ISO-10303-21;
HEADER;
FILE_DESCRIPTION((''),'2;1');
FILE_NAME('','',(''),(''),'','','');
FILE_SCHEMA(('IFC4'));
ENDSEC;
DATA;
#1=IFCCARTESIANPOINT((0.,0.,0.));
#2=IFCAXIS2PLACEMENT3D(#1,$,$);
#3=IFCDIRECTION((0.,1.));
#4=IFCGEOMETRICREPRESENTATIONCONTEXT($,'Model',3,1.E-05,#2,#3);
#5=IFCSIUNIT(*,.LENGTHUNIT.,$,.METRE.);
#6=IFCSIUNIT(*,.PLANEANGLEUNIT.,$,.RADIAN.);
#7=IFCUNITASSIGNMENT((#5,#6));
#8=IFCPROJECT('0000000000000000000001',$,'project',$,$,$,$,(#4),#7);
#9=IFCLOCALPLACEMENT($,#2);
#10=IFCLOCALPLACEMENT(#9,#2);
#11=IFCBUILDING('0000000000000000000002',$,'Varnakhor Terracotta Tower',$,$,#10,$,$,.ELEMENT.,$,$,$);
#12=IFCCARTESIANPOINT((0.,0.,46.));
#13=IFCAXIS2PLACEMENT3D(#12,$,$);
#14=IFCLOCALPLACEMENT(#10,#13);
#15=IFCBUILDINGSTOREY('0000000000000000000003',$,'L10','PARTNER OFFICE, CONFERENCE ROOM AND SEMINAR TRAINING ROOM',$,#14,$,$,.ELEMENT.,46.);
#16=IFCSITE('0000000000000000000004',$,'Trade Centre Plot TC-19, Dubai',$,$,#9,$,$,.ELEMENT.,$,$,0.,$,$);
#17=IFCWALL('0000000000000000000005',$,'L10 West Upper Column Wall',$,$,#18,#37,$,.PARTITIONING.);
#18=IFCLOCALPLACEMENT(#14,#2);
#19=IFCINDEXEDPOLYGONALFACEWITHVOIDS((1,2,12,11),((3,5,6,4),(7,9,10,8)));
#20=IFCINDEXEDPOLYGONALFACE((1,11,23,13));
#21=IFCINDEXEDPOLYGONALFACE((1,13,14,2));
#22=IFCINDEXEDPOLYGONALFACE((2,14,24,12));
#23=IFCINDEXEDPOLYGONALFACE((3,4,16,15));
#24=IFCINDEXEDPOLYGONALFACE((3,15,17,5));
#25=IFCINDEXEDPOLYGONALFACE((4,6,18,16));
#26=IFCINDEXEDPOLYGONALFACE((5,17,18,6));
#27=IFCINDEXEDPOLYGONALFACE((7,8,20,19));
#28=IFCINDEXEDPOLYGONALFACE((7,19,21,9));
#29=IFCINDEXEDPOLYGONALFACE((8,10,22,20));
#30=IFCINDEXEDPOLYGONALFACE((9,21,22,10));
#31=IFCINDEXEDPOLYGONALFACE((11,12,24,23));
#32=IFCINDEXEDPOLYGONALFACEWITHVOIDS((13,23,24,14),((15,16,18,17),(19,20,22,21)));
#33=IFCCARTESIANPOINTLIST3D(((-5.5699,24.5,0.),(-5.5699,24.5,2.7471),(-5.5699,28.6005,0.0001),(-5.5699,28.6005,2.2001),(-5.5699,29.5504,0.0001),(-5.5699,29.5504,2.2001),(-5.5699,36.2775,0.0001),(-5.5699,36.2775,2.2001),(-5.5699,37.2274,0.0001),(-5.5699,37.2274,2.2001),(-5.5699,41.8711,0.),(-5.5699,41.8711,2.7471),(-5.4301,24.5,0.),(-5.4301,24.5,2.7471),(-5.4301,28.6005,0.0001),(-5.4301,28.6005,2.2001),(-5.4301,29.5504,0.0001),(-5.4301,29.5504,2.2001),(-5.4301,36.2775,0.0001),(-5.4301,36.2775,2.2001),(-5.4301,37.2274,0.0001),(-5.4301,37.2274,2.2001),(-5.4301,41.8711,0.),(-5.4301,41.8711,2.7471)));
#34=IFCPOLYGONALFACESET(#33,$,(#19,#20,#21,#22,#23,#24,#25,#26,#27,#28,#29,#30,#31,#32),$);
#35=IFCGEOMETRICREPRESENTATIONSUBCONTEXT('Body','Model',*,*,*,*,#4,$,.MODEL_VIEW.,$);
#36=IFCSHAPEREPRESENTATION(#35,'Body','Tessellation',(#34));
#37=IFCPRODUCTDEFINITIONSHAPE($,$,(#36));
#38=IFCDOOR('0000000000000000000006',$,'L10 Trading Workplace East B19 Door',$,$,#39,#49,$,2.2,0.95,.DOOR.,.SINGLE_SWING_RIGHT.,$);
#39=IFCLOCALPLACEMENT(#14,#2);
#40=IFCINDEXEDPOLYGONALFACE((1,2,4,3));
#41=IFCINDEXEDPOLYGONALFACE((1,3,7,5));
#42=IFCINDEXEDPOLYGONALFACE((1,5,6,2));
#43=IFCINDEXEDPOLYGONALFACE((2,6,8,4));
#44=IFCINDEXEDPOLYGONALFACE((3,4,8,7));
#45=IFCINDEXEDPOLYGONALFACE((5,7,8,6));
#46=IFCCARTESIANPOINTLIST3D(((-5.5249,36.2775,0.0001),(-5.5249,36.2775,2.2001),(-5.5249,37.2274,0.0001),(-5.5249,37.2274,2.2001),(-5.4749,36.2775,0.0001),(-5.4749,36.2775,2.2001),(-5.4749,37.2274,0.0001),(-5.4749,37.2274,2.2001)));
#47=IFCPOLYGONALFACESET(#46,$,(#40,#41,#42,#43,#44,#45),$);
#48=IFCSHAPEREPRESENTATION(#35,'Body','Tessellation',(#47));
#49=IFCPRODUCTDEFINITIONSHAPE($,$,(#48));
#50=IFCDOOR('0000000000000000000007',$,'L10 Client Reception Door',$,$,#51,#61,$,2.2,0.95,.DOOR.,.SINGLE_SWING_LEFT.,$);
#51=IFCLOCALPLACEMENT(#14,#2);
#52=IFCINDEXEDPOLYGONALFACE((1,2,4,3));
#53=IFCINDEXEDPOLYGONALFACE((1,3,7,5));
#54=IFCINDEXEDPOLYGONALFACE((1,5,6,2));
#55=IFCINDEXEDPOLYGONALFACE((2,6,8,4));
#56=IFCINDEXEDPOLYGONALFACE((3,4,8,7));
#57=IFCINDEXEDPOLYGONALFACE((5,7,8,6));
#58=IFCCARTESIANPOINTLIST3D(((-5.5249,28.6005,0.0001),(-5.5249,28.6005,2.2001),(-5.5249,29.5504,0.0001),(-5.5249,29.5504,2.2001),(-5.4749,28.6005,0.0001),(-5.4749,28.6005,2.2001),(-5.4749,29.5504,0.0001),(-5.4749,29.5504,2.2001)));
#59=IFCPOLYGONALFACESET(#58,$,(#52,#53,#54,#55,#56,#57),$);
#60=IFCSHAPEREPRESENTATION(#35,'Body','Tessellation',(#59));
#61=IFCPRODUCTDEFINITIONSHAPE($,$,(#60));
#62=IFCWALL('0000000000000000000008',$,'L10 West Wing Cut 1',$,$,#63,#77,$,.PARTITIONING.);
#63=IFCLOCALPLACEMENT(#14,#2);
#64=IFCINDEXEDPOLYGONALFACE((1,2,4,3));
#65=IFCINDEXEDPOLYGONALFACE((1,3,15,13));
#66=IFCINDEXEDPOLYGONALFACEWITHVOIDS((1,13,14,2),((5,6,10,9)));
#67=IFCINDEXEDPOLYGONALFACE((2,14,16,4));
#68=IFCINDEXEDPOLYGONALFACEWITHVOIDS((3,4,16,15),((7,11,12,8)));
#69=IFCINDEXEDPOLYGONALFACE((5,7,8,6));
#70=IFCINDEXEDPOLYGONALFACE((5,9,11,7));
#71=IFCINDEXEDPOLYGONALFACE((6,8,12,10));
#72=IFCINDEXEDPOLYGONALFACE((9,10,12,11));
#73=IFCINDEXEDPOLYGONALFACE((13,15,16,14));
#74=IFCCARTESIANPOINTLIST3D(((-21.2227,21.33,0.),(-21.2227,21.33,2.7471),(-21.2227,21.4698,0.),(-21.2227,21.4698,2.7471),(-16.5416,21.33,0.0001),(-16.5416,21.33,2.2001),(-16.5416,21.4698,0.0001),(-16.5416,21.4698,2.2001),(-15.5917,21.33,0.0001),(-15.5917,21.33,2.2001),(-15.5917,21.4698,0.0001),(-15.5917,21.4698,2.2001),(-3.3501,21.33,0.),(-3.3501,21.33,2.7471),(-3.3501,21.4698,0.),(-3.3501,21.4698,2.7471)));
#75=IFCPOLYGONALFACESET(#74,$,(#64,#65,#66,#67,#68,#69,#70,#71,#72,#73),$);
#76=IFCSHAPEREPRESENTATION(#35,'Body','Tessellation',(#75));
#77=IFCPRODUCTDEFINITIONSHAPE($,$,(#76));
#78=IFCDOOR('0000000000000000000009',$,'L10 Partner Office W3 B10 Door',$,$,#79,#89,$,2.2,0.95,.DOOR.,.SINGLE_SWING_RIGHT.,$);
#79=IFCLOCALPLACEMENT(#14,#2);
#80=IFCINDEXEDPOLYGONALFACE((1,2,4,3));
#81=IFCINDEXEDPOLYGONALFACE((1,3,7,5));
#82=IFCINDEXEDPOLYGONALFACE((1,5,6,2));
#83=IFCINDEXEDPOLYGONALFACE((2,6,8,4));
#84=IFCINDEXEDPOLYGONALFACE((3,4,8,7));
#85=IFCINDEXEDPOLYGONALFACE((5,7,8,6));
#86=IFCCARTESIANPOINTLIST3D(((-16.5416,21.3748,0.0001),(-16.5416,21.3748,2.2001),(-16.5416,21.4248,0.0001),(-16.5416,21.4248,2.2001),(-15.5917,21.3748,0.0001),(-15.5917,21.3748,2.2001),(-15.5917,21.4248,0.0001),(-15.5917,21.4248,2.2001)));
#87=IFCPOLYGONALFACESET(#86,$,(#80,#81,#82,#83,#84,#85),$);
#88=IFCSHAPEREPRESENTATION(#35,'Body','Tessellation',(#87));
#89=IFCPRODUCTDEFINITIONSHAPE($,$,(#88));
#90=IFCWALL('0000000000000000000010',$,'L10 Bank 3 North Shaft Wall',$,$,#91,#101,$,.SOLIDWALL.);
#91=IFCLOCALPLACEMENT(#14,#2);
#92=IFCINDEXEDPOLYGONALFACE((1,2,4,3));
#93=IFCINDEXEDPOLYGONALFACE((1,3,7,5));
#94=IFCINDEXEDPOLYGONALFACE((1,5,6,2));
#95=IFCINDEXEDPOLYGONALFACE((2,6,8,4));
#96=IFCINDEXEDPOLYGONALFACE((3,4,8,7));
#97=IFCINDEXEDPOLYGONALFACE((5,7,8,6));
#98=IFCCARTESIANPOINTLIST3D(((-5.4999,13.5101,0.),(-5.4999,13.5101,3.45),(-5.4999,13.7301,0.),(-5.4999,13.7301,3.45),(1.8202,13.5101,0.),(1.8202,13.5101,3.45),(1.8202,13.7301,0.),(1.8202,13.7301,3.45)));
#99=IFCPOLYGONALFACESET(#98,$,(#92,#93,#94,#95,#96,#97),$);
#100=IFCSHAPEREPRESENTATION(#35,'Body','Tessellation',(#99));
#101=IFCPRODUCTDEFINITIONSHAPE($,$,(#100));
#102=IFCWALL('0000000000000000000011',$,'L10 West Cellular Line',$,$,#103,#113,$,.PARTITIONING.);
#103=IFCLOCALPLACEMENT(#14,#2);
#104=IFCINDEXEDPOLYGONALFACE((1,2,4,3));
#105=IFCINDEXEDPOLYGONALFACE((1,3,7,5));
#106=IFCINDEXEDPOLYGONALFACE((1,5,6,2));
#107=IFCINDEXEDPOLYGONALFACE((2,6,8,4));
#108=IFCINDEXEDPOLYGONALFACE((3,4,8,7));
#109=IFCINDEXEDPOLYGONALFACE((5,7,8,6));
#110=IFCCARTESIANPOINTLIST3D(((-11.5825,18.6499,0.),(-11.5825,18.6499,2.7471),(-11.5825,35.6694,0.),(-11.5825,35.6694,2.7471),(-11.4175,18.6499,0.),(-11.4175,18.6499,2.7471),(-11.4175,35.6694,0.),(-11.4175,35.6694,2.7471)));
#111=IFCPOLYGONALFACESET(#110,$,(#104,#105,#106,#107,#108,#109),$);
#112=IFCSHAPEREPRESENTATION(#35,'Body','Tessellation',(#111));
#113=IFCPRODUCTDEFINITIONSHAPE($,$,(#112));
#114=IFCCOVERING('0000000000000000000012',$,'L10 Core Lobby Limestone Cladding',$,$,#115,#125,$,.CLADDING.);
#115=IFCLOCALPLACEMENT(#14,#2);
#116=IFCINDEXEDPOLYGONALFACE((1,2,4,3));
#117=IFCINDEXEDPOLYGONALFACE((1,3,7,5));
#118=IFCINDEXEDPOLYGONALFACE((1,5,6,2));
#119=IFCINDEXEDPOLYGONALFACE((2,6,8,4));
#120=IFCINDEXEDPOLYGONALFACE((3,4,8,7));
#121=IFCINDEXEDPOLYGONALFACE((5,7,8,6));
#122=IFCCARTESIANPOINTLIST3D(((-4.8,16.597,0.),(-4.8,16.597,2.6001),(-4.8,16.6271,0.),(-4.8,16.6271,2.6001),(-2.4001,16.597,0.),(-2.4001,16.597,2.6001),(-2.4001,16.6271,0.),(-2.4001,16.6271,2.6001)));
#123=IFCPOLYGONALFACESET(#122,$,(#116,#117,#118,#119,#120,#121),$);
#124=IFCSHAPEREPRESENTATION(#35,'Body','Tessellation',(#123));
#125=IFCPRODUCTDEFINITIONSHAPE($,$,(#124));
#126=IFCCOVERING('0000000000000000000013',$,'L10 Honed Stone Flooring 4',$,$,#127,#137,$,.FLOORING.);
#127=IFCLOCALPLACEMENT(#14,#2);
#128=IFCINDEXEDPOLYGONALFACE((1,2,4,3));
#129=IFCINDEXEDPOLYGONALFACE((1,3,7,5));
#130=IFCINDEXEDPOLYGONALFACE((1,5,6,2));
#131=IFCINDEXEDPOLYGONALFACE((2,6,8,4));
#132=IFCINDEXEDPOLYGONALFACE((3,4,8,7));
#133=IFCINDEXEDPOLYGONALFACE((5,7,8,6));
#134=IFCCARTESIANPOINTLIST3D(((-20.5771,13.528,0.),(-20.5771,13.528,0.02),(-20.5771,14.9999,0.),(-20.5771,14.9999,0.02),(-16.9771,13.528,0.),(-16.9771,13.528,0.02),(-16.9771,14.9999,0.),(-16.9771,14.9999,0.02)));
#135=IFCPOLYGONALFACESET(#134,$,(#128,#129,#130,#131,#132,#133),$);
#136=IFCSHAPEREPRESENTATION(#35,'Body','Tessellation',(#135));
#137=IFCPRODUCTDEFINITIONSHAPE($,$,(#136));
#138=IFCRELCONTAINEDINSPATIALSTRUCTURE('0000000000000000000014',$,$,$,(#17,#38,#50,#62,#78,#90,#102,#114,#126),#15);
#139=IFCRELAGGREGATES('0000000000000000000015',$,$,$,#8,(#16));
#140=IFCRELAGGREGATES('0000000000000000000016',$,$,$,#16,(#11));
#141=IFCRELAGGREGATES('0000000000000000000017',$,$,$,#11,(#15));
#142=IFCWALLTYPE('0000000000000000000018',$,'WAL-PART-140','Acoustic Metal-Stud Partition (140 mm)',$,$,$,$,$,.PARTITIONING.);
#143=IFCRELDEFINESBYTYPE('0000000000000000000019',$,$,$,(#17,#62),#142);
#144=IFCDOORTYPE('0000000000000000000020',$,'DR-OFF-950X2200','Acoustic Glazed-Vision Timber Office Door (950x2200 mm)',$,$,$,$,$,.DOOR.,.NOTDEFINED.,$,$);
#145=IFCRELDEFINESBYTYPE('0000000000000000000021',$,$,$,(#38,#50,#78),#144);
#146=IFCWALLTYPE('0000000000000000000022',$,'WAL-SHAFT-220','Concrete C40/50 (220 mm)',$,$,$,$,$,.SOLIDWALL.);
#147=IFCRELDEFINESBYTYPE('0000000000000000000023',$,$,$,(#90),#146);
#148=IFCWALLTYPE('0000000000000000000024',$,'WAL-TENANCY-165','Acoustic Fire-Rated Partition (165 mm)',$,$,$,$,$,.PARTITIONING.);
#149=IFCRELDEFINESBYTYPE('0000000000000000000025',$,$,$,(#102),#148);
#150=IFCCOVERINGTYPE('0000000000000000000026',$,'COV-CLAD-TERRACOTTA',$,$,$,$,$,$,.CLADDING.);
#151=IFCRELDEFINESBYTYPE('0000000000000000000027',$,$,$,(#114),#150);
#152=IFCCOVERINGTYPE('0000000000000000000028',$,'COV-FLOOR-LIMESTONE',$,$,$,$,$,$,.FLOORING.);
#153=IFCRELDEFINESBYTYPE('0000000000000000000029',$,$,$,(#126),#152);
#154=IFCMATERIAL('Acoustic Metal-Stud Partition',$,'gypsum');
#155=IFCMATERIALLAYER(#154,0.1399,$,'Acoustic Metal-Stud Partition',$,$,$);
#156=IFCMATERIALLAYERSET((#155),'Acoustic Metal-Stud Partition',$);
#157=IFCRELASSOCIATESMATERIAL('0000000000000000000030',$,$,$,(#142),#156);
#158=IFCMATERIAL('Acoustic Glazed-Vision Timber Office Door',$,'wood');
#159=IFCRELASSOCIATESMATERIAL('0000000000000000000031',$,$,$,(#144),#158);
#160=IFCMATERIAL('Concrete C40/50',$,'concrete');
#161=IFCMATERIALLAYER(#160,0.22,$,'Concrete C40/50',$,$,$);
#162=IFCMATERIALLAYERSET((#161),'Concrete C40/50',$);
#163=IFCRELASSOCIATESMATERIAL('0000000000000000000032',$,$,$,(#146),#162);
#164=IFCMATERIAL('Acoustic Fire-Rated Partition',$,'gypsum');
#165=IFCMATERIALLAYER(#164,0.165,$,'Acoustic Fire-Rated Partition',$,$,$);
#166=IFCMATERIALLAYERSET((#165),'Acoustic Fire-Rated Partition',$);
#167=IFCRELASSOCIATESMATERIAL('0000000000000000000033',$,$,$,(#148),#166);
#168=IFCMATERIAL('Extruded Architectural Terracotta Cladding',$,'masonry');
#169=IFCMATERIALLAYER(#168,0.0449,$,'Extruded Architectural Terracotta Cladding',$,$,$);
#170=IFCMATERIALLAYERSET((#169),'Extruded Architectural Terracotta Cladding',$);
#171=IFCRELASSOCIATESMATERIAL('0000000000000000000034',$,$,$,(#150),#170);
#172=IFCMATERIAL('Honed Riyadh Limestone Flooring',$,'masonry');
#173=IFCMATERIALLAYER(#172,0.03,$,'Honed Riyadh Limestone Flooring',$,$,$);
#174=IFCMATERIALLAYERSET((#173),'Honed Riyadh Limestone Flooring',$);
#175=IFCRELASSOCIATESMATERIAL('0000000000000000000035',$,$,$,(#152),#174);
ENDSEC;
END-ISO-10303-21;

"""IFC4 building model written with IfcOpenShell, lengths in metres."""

from ifc_helpers import new_model, si_unit, direction, frame, frame_2d, origin, origin_2d, place, context, subcontext, project, spatial, rectangle, extrude, source, transform, mapped, material, layer, layer_set, type_object, type_shapes, element, fill, save


model = new_model("IFC4")

# Units and contexts
model_context = context("Model", 3, precision=1e-05, world=origin(), true_north=direction((0.0, 1.0)))
body_context = subcontext(model_context, "Body", "Model", "MODEL_VIEW")
ifc_project = project(units=[si_unit("LENGTHUNIT", "METRE"), si_unit("PLANEANGLEUNIT", "RADIAN")], contexts=[model_context])

# Site, building, storey
site_placement = place(None, origin())
site = spatial("IfcSite", under=ifc_project, at=site_placement, Name="Trade Centre Plot TC-19, Dubai", CompositionType="ELEMENT", RefElevation=0.0)
building_placement = place(site_placement, origin())
building = spatial("IfcBuilding", under=site, at=building_placement, Name="Varnakhor Terracotta Tower", CompositionType="ELEMENT")
storey_placement = place(building_placement, frame((0.0, 0.0, 46.0)))
storey = spatial("IfcBuildingStorey", under=building, at=storey_placement, Name="L10", Description="PARTNER OFFICE, CONFERENCE ROOM AND SEMINAR TRAINING ROOM", CompositionType="ELEMENT", Elevation=46.0)

# Wall, openings, doors
ifc_material_1 = material(Name="Acoustic Metal-Stud Partition", Category="gypsum")
ifc_layer_1 = layer(ifc_material_1, 0.1399, Name="Acoustic Metal-Stud Partition")
ifc_layer_set_1 = layer_set([ifc_layer_1], Name="Acoustic Metal-Stud Partition")
wall_type_1 = type_object("IfcWallType", Name="WAL-PART-140", Description="Acoustic Metal-Stud Partition (140 mm)", PredefinedType="PARTITIONING", material=ifc_layer_set_1)
wall_1_placement = place(storey_placement, frame((-5.5, 24.5, 0.0), z_axis=(0.0, 0.0, 1.0), x_axis=(0.0, 1.0, 0.0)))
wall_1 = element("IfcWall", 1, at=wall_1_placement, inside=storey, type_object=wall_type_1, Name="L10 West Upper Column Wall", PredefinedType="PARTITIONING", context=body_context, shape_type="SweptSolid", body=[
    extrude(rectangle(XDim=17.3711, YDim=0.1399, at=frame_2d((8.6855, 0.0))), origin(), (0.0, 0.0, 1.0), 2.7471),
])
opening_1_placement = place(wall_1_placement, frame((11.7773, 0.0, 0.0)))
opening_1 = element("IfcOpeningElement", 2, at=opening_1_placement, cuts=wall_1, PredefinedType="OPENING", context=body_context, shape_type="SweptSolid", body=[
    extrude(rectangle(XDim=0.95, YDim=2.2, at=frame_2d((0.4751, 1.1001))), frame((0.0, 0.0801, 0.0), z_axis=(0.0, -1.0, 0.0), x_axis=(1.0, 0.0, 0.0)), (0.0, 0.0, 1.0), 0.1599),
])
opening_2_placement = place(wall_1_placement, frame((4.1003, 0.0, 0.0)))
opening_2 = element("IfcOpeningElement", 3, at=opening_2_placement, cuts=wall_1, PredefinedType="OPENING", context=body_context, shape_type="SweptSolid", body=[
    extrude(rectangle(XDim=0.95, YDim=2.2, at=frame_2d((0.4751, 1.1001))), frame((0.0, 0.0801, 0.0), z_axis=(0.0, -1.0, 0.0), x_axis=(1.0, 0.0, 0.0)), (0.0, 0.0, 1.0), 0.1599),
])
ifc_material_2 = material(Name="Acoustic Glazed-Vision Timber Office Door", Category="wood")
door_type_1 = type_object("IfcDoorType", Name="DR-OFF-950X2200", Description="Acoustic Glazed-Vision Timber Office Door (950x2200 mm)", OperationType="NOTDEFINED", PredefinedType="DOOR", material=ifc_material_2)
shared_shape_1 = source(origin(), body_context, "Body", "SweptSolid", [
    extrude(rectangle(XDim=0.95, YDim=2.2, at=frame_2d((0.4751, 1.1001))), frame((0.0, 0.0249, 0.0), z_axis=(0.0, -1.0, 0.0), x_axis=(1.0, 0.0, 0.0)), (0.0, 0.0, 1.0), 0.05),
])
type_shapes(door_type_1, [shared_shape_1])
door_1_placement = place(opening_1_placement, origin())
door_1 = element("IfcDoor", 4, at=door_1_placement, inside=storey, type_object=door_type_1, Name="L10 Trading Workplace East B19 Door", OperationType="SINGLE_SWING_RIGHT", OverallHeight=2.2, OverallWidth=0.95, PredefinedType="DOOR", context=body_context, shape_type="MappedRepresentation", body=[
    mapped(shared_shape_1, transform((0.0, 0.0, 0.0), scale=1.0)),
])
fill(opening_1, door_1)
door_2_placement = place(opening_2_placement, origin())
door_2 = element("IfcDoor", 5, at=door_2_placement, inside=storey, type_object=door_type_1, Name="L10 Client Reception Door", OperationType="SINGLE_SWING_LEFT", OverallHeight=2.2, OverallWidth=0.95, PredefinedType="DOOR", context=body_context, shape_type="MappedRepresentation", body=[
    mapped(shared_shape_1, transform((0.0, 0.0, 0.0), scale=1.0)),
])
fill(opening_2, door_2)

# Wall, opening, door
wall_2_placement = place(storey_placement, frame((-21.2227, 21.3999, 0.0), z_axis=(0.0, 0.0, 1.0), x_axis=(1.0, 0.0, 0.0)))
wall_2 = element("IfcWall", 6, at=wall_2_placement, inside=storey, type_object=wall_type_1, Name="L10 West Wing Cut 1", PredefinedType="PARTITIONING", context=body_context, shape_type="SweptSolid", body=[
    extrude(rectangle(XDim=17.8726, YDim=0.1399, at=frame_2d((8.9363, 0.0))), origin(), (0.0, 0.0, 1.0), 2.7471),
])
opening_3_placement = place(wall_2_placement, frame((4.6809, 0.0, 0.0)))
opening_3 = element("IfcOpeningElement", 7, at=opening_3_placement, cuts=wall_2, PredefinedType="OPENING", context=body_context, shape_type="SweptSolid", body=[
    extrude(rectangle(XDim=0.95, YDim=2.2, at=frame_2d((0.4751, 1.1001))), frame((0.0, 0.0801, 0.0), z_axis=(0.0, -1.0, 0.0), x_axis=(1.0, 0.0, 0.0)), (0.0, 0.0, 1.0), 0.1599),
])
door_3_placement = place(opening_3_placement, origin())
door_3 = element("IfcDoor", 8, at=door_3_placement, inside=storey, type_object=door_type_1, Name="L10 Partner Office W3 B10 Door", OperationType="SINGLE_SWING_RIGHT", OverallHeight=2.2, OverallWidth=0.95, PredefinedType="DOOR", context=body_context, shape_type="MappedRepresentation", body=[
    mapped(shared_shape_1, transform((0.0, 0.0, 0.0), scale=1.0)),
])
fill(opening_3, door_3)

# Walls
ifc_material_3 = material(Name="Concrete C40/50", Category="concrete")
ifc_layer_2 = layer(ifc_material_3, 0.22, Name="Concrete C40/50")
ifc_layer_set_2 = layer_set([ifc_layer_2], Name="Concrete C40/50")
wall_type_2 = type_object("IfcWallType", Name="WAL-SHAFT-220", Description="Concrete C40/50 (220 mm)", PredefinedType="SOLIDWALL", material=ifc_layer_set_2)
wall_3_placement = place(storey_placement, frame((-5.5, 13.6201, 0.0), z_axis=(0.0, 0.0, 1.0), x_axis=(1.0, 0.0, 0.0)))
element("IfcWall", 9, at=wall_3_placement, inside=storey, type_object=wall_type_2, Name="L10 Bank 3 North Shaft Wall", PredefinedType="SOLIDWALL", context=body_context, shape_type="SweptSolid", body=[
    extrude(rectangle(XDim=7.3201, YDim=0.22, at=frame_2d((3.6602, 0.0))), origin(), (0.0, 0.0, 1.0), 3.45),
])
ifc_material_4 = material(Name="Acoustic Fire-Rated Partition", Category="gypsum")
ifc_layer_3 = layer(ifc_material_4, 0.165, Name="Acoustic Fire-Rated Partition")
ifc_layer_set_3 = layer_set([ifc_layer_3], Name="Acoustic Fire-Rated Partition")
wall_type_3 = type_object("IfcWallType", Name="WAL-TENANCY-165", Description="Acoustic Fire-Rated Partition (165 mm)", PredefinedType="PARTITIONING", material=ifc_layer_set_3)
wall_4_placement = place(storey_placement, frame((-11.5, 18.6499, 0.0), z_axis=(0.0, 0.0, 1.0), x_axis=(0.0, 1.0, 0.0)))
element("IfcWall", 10, at=wall_4_placement, inside=storey, type_object=wall_type_3, Name="L10 West Cellular Line", PredefinedType="PARTITIONING", context=body_context, shape_type="SweptSolid", body=[
    extrude(rectangle(XDim=17.0195, YDim=0.165, at=frame_2d((8.5098, 0.0))), origin(), (0.0, 0.0, 1.0), 2.7471),
])

# Coverings
ifc_material_5 = material(Name="Extruded Architectural Terracotta Cladding", Category="masonry")
ifc_layer_4 = layer(ifc_material_5, 0.0449, Name="Extruded Architectural Terracotta Cladding")
ifc_layer_set_4 = layer_set([ifc_layer_4], Name="Extruded Architectural Terracotta Cladding")
covering_type_1 = type_object("IfcCoveringType", Name="COV-CLAD-TERRACOTTA", PredefinedType="CLADDING", material=ifc_layer_set_4)
shared_shape_2 = source(origin(), body_context, "Body", "SweptSolid", [
    extrude(rectangle(XDim=2.3999, YDim=0.03, at=origin_2d()), origin(), (0.0, 0.0, 1.0), 2.6001),
])
type_shapes(covering_type_1, [shared_shape_2])
covering_1_placement = place(storey_placement, frame((-3.6001, 16.6121, 0.0), z_axis=(0.0, 0.0, 1.0), x_axis=(1.0, 0.0, 0.0)))
element("IfcCovering", 11, at=covering_1_placement, inside=storey, type_object=covering_type_1, Name="L10 Core Lobby Limestone Cladding", PredefinedType="CLADDING", context=body_context, shape_type="MappedRepresentation", body=[
    mapped(shared_shape_2, transform((0.0, 0.0, 0.0), scale=1.0)),
])
ifc_material_6 = material(Name="Honed Riyadh Limestone Flooring", Category="masonry")
ifc_layer_5 = layer(ifc_material_6, 0.03, Name="Honed Riyadh Limestone Flooring")
ifc_layer_set_5 = layer_set([ifc_layer_5], Name="Honed Riyadh Limestone Flooring")
covering_type_2 = type_object("IfcCoveringType", Name="COV-FLOOR-LIMESTONE", PredefinedType="FLOORING", material=ifc_layer_set_5)
shared_shape_3 = source(origin(), body_context, "Body", "SweptSolid", [
    extrude(rectangle(XDim=3.6001, YDim=1.4719, at=origin_2d()), origin(), (0.0, 0.0, 1.0), 0.02),
])
covering_2_placement = place(storey_placement, frame((-18.7771, 14.2639, 0.0), z_axis=(0.0, 0.0, 1.0), x_axis=(1.0, 0.0, 0.0)))
element("IfcCovering", 12, at=covering_2_placement, inside=storey, type_object=covering_type_2, Name="L10 Honed Stone Flooring 4", PredefinedType="FLOORING", context=body_context, shape_type="MappedRepresentation", body=[
    mapped(shared_shape_3, transform((0.0, 0.0, 0.0), scale=1.0)),
])

save(model, "model.ifc")
